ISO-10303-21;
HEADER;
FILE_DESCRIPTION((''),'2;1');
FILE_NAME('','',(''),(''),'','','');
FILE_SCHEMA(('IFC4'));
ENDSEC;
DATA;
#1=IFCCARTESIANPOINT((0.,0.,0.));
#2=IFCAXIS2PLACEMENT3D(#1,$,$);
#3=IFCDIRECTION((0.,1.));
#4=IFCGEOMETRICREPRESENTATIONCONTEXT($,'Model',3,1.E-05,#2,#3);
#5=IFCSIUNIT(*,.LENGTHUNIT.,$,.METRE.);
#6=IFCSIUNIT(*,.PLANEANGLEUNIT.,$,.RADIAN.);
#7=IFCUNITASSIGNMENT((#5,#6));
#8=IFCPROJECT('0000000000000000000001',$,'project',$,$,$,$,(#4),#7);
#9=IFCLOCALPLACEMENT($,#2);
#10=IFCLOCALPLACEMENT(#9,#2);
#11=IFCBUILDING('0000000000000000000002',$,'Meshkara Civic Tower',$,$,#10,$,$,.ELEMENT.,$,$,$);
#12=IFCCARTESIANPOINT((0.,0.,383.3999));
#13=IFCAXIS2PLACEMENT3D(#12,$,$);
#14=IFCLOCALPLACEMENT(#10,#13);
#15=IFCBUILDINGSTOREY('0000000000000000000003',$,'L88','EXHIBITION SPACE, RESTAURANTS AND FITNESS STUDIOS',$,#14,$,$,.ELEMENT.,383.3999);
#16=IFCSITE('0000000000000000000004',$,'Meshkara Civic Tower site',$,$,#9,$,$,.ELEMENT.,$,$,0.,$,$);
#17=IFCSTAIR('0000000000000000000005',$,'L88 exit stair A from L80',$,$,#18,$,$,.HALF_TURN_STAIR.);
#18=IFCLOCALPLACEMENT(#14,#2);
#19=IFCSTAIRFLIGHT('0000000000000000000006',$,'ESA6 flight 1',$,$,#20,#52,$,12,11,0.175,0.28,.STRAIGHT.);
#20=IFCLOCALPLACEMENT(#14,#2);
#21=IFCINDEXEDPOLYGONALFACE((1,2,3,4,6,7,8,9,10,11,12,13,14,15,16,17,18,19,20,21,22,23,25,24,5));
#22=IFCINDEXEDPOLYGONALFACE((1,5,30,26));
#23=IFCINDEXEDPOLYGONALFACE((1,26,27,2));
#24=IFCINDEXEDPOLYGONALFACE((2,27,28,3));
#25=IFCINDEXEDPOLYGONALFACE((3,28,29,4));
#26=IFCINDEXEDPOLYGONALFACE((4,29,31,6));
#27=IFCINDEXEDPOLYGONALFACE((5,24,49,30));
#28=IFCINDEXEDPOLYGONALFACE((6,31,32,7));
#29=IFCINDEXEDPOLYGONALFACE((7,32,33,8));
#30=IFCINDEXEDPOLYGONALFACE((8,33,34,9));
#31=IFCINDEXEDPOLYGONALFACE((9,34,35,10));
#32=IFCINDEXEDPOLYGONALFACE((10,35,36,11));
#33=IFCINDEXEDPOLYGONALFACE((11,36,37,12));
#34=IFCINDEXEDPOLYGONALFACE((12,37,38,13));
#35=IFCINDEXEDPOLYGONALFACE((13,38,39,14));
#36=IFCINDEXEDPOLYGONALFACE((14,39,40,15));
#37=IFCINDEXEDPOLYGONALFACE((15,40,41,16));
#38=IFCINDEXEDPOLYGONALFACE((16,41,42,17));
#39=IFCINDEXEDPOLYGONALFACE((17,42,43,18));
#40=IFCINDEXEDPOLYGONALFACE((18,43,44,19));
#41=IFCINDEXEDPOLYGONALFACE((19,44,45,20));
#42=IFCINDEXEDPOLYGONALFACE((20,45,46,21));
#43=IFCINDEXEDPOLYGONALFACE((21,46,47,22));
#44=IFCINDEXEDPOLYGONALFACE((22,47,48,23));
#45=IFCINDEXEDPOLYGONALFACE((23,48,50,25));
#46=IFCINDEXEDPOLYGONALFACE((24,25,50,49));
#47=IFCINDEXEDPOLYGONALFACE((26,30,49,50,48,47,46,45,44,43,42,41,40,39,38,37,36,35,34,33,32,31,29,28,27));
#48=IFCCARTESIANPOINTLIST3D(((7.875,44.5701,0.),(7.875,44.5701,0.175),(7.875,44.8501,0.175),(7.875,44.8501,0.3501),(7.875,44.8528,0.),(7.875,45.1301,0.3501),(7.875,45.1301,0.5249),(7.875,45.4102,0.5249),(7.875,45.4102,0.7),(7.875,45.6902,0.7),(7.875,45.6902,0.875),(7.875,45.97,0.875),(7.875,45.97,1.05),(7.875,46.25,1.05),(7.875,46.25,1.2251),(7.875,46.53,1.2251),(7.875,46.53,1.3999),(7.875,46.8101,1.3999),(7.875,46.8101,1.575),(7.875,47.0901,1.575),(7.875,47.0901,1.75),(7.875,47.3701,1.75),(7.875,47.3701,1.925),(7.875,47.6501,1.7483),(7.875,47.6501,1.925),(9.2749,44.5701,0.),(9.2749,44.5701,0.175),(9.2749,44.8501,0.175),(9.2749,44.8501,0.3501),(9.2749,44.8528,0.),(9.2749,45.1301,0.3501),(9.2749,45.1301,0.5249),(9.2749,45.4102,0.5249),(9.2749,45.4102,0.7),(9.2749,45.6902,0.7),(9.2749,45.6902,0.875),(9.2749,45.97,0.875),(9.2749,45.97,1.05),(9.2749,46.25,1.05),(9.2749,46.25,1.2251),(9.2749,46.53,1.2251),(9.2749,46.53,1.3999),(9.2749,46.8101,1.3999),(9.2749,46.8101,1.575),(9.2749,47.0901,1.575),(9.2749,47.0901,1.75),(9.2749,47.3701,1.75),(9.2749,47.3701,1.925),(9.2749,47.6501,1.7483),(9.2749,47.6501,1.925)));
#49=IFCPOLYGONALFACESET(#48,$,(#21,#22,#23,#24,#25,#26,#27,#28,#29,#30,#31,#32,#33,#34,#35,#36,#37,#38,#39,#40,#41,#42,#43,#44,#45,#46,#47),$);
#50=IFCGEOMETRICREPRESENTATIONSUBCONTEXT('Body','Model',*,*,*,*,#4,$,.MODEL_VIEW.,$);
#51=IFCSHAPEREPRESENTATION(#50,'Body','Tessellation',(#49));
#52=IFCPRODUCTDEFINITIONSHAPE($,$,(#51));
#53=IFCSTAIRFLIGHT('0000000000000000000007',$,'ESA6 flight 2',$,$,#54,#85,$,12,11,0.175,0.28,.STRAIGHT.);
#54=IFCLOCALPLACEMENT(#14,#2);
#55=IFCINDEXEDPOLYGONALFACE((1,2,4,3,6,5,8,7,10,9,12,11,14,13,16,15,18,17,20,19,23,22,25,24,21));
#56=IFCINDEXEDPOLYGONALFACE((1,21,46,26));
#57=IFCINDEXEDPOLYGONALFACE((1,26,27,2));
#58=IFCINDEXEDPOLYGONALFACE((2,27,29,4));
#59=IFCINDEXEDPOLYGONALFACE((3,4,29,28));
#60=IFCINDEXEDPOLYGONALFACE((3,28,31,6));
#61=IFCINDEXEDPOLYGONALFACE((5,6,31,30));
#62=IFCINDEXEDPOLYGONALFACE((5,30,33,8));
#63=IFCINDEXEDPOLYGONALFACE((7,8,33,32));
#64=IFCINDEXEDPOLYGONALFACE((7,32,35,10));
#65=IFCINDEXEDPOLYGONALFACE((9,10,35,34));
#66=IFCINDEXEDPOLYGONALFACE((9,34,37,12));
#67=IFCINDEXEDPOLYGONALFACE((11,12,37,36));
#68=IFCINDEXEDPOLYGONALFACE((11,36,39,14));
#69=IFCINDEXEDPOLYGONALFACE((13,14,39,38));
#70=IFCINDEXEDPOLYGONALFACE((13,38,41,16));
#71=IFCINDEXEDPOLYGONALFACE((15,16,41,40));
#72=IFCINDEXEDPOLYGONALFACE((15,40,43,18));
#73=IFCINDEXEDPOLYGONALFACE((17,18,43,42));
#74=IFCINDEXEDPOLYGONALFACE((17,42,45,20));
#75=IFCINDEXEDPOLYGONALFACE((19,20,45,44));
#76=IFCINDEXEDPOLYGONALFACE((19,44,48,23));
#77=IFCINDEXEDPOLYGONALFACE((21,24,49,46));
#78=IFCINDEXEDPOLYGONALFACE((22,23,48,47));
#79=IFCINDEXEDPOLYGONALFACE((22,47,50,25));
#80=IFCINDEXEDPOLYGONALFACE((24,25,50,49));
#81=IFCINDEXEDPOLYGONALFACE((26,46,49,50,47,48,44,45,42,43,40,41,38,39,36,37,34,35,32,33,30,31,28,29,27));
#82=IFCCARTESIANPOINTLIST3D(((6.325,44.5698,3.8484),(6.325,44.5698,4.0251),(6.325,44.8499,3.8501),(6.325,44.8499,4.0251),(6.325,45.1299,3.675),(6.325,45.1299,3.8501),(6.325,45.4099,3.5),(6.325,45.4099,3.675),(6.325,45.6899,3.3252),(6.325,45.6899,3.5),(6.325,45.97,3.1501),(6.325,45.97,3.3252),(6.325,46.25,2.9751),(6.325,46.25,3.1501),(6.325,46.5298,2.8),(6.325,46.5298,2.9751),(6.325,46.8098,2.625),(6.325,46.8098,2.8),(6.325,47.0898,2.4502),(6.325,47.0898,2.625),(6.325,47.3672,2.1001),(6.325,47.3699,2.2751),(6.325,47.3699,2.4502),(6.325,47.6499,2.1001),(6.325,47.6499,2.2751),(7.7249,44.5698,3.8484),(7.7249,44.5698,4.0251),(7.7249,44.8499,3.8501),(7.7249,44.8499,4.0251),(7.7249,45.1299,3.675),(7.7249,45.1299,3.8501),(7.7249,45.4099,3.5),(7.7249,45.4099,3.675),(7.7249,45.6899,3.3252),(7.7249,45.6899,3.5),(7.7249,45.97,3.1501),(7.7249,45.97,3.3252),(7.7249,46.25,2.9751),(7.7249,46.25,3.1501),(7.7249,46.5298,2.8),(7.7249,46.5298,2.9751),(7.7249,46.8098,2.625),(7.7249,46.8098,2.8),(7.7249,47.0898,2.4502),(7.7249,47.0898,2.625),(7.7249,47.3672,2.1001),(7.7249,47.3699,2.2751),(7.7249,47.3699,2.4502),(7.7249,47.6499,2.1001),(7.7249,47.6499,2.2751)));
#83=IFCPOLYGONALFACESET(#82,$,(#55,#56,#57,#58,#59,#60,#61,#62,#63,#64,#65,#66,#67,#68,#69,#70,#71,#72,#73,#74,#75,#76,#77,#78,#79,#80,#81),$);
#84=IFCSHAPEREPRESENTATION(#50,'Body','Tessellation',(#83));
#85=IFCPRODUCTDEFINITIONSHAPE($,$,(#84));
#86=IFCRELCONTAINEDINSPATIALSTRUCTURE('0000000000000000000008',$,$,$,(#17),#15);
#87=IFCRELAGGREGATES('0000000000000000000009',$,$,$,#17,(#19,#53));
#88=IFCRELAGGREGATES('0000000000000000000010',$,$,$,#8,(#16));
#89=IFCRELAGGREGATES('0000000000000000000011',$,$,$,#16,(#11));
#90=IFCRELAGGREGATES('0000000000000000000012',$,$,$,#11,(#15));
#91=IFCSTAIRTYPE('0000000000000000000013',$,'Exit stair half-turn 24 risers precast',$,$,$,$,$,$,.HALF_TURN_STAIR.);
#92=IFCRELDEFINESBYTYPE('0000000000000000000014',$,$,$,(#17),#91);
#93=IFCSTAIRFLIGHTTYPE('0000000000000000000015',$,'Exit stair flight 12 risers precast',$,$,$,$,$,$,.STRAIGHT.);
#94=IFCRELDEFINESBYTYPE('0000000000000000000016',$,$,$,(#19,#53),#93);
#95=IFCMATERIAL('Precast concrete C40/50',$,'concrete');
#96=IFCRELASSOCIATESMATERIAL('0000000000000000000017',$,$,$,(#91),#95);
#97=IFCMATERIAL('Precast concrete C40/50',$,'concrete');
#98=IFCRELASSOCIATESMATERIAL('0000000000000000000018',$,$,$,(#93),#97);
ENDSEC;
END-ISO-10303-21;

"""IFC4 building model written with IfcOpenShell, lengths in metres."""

from ifc_helpers import new_model, si_unit, direction, frame, origin, place, context, subcontext, project, spatial, polyline, outline, extrude, material, type_object, element, aggregate, save


model = new_model("IFC4")

# Units and contexts
model_context = context("Model", 3, precision=1e-05, world=origin(), true_north=direction((0.0, 1.0)))
body_context = subcontext(model_context, "Body", "Model", "MODEL_VIEW")
ifc_project = project(units=[si_unit("LENGTHUNIT", "METRE"), si_unit("PLANEANGLEUNIT", "RADIAN")], contexts=[model_context])

# Site, building, storey
site_placement = place(None, origin())
site = spatial("IfcSite", under=ifc_project, at=site_placement, Name="Meshkara Civic Tower site", CompositionType="ELEMENT", RefElevation=0.0)
building_placement = place(site_placement, origin())
building = spatial("IfcBuilding", under=site, at=building_placement, Name="Meshkara Civic Tower", CompositionType="ELEMENT")
storey_placement = place(building_placement, frame((0.0, 0.0, 383.3999)))
storey = spatial("IfcBuildingStorey", under=building, at=storey_placement, Name="L88", Description="EXHIBITION SPACE, RESTAURANTS AND FITNESS STUDIOS", CompositionType="ELEMENT", Elevation=383.3999)

# Stair, stair flights
ifc_material_1 = material(Name="Precast concrete C40/50", Category="concrete")
stair_type = type_object("IfcStairType", Name="Exit stair half-turn 24 risers precast", PredefinedType="HALF_TURN_STAIR", material=ifc_material_1)
stair_placement = place(storey_placement, origin())
stair = element("IfcStair", 1, at=stair_placement, inside=storey, type_object=stair_type, Name="L88 exit stair A from L80", PredefinedType="HALF_TURN_STAIR")
ifc_material_2 = material(Name="Precast concrete C40/50", Category="concrete")
stair_flight_type = type_object("IfcStairFlightType", Name="Exit stair flight 12 risers precast", PredefinedType="STRAIGHT", material=ifc_material_2)
stair_flight_1_placement = place(storey_placement, frame((8.575, 44.5701, 0.0), z_axis=(0.0, 0.0, 1.0), x_axis=(0.0, 1.0, 0.0)))
stair_flight_1 = element("IfcStairFlight", 2, at=stair_flight_1_placement, type_object=stair_flight_type, Name="ESA6 flight 1", NumberOfRisers=12, NumberOfTreads=11, PredefinedType="STRAIGHT", RiserHeight=0.175, TreadLength=0.28, context=body_context, shape_type="SweptSolid", body=[
    extrude(outline(polyline([(0.0, 0.0), (0.0, 0.175), (0.28, 0.175), (0.28, 0.3501), (0.5601, 0.3501), (0.5601, 0.5249), (0.8401, 0.5249), (0.8401, 0.7), (1.1201, 0.7), (1.1201, 0.875), (1.3999, 0.875), (1.3999, 1.05), (1.6799, 1.05), (1.6799, 1.2251), (1.96, 1.2251), (1.96, 1.3999), (2.24, 1.3999), (2.24, 1.575), (2.52, 1.575), (2.52, 1.75), (2.8, 1.75), (2.8, 1.925), (3.0801, 1.925), (3.0801, 2.1001), (3.0801, 1.7483), (0.2827, 0.0), (0.0, 0.0)])), frame((0.0, 0.7, 0.0), z_axis=(0.0, -1.0, 0.0), x_axis=(1.0, 0.0, 0.0)), (0.0, 0.0, 1.0), 1.3999),
])
stair_flight_2_placement = place(storey_placement, frame((7.0249, 47.6499, 2.1001), z_axis=(0.0, 0.0, 1.0), x_axis=(0.0, -1.0, 0.0)))
stair_flight_2 = element("IfcStairFlight", 3, at=stair_flight_2_placement, type_object=stair_flight_type, Name="ESA6 flight 2", NumberOfRisers=12, NumberOfTreads=11, PredefinedType="STRAIGHT", RiserHeight=0.175, TreadLength=0.28, context=body_context, shape_type="SweptSolid", body=[
    extrude(outline(polyline([(0.0, 0.0), (0.0, 0.175), (0.28, 0.175), (0.28, 0.3501), (0.5601, 0.3501), (0.5601, 0.5249), (0.8401, 0.5249), (0.8401, 0.7), (1.1201, 0.7), (1.1201, 0.875), (1.3999, 0.875), (1.3999, 1.05), (1.6799, 1.05), (1.6799, 1.2251), (1.96, 1.2251), (1.96, 1.3999), (2.24, 1.3999), (2.24, 1.575), (2.52, 1.575), (2.52, 1.75), (2.8, 1.75), (2.8, 1.925), (3.0801, 1.925), (3.0801, 2.1001), (3.0801, 1.7483), (0.2827, 0.0), (0.0, 0.0)])), frame((0.0, 0.7, 0.0), z_axis=(0.0, -1.0, 0.0), x_axis=(1.0, 0.0, 0.0)), (0.0, 0.0, 1.0), 1.3999),
])
aggregate(stair, [stair_flight_1, stair_flight_2])

save(model, "model.ifc")
